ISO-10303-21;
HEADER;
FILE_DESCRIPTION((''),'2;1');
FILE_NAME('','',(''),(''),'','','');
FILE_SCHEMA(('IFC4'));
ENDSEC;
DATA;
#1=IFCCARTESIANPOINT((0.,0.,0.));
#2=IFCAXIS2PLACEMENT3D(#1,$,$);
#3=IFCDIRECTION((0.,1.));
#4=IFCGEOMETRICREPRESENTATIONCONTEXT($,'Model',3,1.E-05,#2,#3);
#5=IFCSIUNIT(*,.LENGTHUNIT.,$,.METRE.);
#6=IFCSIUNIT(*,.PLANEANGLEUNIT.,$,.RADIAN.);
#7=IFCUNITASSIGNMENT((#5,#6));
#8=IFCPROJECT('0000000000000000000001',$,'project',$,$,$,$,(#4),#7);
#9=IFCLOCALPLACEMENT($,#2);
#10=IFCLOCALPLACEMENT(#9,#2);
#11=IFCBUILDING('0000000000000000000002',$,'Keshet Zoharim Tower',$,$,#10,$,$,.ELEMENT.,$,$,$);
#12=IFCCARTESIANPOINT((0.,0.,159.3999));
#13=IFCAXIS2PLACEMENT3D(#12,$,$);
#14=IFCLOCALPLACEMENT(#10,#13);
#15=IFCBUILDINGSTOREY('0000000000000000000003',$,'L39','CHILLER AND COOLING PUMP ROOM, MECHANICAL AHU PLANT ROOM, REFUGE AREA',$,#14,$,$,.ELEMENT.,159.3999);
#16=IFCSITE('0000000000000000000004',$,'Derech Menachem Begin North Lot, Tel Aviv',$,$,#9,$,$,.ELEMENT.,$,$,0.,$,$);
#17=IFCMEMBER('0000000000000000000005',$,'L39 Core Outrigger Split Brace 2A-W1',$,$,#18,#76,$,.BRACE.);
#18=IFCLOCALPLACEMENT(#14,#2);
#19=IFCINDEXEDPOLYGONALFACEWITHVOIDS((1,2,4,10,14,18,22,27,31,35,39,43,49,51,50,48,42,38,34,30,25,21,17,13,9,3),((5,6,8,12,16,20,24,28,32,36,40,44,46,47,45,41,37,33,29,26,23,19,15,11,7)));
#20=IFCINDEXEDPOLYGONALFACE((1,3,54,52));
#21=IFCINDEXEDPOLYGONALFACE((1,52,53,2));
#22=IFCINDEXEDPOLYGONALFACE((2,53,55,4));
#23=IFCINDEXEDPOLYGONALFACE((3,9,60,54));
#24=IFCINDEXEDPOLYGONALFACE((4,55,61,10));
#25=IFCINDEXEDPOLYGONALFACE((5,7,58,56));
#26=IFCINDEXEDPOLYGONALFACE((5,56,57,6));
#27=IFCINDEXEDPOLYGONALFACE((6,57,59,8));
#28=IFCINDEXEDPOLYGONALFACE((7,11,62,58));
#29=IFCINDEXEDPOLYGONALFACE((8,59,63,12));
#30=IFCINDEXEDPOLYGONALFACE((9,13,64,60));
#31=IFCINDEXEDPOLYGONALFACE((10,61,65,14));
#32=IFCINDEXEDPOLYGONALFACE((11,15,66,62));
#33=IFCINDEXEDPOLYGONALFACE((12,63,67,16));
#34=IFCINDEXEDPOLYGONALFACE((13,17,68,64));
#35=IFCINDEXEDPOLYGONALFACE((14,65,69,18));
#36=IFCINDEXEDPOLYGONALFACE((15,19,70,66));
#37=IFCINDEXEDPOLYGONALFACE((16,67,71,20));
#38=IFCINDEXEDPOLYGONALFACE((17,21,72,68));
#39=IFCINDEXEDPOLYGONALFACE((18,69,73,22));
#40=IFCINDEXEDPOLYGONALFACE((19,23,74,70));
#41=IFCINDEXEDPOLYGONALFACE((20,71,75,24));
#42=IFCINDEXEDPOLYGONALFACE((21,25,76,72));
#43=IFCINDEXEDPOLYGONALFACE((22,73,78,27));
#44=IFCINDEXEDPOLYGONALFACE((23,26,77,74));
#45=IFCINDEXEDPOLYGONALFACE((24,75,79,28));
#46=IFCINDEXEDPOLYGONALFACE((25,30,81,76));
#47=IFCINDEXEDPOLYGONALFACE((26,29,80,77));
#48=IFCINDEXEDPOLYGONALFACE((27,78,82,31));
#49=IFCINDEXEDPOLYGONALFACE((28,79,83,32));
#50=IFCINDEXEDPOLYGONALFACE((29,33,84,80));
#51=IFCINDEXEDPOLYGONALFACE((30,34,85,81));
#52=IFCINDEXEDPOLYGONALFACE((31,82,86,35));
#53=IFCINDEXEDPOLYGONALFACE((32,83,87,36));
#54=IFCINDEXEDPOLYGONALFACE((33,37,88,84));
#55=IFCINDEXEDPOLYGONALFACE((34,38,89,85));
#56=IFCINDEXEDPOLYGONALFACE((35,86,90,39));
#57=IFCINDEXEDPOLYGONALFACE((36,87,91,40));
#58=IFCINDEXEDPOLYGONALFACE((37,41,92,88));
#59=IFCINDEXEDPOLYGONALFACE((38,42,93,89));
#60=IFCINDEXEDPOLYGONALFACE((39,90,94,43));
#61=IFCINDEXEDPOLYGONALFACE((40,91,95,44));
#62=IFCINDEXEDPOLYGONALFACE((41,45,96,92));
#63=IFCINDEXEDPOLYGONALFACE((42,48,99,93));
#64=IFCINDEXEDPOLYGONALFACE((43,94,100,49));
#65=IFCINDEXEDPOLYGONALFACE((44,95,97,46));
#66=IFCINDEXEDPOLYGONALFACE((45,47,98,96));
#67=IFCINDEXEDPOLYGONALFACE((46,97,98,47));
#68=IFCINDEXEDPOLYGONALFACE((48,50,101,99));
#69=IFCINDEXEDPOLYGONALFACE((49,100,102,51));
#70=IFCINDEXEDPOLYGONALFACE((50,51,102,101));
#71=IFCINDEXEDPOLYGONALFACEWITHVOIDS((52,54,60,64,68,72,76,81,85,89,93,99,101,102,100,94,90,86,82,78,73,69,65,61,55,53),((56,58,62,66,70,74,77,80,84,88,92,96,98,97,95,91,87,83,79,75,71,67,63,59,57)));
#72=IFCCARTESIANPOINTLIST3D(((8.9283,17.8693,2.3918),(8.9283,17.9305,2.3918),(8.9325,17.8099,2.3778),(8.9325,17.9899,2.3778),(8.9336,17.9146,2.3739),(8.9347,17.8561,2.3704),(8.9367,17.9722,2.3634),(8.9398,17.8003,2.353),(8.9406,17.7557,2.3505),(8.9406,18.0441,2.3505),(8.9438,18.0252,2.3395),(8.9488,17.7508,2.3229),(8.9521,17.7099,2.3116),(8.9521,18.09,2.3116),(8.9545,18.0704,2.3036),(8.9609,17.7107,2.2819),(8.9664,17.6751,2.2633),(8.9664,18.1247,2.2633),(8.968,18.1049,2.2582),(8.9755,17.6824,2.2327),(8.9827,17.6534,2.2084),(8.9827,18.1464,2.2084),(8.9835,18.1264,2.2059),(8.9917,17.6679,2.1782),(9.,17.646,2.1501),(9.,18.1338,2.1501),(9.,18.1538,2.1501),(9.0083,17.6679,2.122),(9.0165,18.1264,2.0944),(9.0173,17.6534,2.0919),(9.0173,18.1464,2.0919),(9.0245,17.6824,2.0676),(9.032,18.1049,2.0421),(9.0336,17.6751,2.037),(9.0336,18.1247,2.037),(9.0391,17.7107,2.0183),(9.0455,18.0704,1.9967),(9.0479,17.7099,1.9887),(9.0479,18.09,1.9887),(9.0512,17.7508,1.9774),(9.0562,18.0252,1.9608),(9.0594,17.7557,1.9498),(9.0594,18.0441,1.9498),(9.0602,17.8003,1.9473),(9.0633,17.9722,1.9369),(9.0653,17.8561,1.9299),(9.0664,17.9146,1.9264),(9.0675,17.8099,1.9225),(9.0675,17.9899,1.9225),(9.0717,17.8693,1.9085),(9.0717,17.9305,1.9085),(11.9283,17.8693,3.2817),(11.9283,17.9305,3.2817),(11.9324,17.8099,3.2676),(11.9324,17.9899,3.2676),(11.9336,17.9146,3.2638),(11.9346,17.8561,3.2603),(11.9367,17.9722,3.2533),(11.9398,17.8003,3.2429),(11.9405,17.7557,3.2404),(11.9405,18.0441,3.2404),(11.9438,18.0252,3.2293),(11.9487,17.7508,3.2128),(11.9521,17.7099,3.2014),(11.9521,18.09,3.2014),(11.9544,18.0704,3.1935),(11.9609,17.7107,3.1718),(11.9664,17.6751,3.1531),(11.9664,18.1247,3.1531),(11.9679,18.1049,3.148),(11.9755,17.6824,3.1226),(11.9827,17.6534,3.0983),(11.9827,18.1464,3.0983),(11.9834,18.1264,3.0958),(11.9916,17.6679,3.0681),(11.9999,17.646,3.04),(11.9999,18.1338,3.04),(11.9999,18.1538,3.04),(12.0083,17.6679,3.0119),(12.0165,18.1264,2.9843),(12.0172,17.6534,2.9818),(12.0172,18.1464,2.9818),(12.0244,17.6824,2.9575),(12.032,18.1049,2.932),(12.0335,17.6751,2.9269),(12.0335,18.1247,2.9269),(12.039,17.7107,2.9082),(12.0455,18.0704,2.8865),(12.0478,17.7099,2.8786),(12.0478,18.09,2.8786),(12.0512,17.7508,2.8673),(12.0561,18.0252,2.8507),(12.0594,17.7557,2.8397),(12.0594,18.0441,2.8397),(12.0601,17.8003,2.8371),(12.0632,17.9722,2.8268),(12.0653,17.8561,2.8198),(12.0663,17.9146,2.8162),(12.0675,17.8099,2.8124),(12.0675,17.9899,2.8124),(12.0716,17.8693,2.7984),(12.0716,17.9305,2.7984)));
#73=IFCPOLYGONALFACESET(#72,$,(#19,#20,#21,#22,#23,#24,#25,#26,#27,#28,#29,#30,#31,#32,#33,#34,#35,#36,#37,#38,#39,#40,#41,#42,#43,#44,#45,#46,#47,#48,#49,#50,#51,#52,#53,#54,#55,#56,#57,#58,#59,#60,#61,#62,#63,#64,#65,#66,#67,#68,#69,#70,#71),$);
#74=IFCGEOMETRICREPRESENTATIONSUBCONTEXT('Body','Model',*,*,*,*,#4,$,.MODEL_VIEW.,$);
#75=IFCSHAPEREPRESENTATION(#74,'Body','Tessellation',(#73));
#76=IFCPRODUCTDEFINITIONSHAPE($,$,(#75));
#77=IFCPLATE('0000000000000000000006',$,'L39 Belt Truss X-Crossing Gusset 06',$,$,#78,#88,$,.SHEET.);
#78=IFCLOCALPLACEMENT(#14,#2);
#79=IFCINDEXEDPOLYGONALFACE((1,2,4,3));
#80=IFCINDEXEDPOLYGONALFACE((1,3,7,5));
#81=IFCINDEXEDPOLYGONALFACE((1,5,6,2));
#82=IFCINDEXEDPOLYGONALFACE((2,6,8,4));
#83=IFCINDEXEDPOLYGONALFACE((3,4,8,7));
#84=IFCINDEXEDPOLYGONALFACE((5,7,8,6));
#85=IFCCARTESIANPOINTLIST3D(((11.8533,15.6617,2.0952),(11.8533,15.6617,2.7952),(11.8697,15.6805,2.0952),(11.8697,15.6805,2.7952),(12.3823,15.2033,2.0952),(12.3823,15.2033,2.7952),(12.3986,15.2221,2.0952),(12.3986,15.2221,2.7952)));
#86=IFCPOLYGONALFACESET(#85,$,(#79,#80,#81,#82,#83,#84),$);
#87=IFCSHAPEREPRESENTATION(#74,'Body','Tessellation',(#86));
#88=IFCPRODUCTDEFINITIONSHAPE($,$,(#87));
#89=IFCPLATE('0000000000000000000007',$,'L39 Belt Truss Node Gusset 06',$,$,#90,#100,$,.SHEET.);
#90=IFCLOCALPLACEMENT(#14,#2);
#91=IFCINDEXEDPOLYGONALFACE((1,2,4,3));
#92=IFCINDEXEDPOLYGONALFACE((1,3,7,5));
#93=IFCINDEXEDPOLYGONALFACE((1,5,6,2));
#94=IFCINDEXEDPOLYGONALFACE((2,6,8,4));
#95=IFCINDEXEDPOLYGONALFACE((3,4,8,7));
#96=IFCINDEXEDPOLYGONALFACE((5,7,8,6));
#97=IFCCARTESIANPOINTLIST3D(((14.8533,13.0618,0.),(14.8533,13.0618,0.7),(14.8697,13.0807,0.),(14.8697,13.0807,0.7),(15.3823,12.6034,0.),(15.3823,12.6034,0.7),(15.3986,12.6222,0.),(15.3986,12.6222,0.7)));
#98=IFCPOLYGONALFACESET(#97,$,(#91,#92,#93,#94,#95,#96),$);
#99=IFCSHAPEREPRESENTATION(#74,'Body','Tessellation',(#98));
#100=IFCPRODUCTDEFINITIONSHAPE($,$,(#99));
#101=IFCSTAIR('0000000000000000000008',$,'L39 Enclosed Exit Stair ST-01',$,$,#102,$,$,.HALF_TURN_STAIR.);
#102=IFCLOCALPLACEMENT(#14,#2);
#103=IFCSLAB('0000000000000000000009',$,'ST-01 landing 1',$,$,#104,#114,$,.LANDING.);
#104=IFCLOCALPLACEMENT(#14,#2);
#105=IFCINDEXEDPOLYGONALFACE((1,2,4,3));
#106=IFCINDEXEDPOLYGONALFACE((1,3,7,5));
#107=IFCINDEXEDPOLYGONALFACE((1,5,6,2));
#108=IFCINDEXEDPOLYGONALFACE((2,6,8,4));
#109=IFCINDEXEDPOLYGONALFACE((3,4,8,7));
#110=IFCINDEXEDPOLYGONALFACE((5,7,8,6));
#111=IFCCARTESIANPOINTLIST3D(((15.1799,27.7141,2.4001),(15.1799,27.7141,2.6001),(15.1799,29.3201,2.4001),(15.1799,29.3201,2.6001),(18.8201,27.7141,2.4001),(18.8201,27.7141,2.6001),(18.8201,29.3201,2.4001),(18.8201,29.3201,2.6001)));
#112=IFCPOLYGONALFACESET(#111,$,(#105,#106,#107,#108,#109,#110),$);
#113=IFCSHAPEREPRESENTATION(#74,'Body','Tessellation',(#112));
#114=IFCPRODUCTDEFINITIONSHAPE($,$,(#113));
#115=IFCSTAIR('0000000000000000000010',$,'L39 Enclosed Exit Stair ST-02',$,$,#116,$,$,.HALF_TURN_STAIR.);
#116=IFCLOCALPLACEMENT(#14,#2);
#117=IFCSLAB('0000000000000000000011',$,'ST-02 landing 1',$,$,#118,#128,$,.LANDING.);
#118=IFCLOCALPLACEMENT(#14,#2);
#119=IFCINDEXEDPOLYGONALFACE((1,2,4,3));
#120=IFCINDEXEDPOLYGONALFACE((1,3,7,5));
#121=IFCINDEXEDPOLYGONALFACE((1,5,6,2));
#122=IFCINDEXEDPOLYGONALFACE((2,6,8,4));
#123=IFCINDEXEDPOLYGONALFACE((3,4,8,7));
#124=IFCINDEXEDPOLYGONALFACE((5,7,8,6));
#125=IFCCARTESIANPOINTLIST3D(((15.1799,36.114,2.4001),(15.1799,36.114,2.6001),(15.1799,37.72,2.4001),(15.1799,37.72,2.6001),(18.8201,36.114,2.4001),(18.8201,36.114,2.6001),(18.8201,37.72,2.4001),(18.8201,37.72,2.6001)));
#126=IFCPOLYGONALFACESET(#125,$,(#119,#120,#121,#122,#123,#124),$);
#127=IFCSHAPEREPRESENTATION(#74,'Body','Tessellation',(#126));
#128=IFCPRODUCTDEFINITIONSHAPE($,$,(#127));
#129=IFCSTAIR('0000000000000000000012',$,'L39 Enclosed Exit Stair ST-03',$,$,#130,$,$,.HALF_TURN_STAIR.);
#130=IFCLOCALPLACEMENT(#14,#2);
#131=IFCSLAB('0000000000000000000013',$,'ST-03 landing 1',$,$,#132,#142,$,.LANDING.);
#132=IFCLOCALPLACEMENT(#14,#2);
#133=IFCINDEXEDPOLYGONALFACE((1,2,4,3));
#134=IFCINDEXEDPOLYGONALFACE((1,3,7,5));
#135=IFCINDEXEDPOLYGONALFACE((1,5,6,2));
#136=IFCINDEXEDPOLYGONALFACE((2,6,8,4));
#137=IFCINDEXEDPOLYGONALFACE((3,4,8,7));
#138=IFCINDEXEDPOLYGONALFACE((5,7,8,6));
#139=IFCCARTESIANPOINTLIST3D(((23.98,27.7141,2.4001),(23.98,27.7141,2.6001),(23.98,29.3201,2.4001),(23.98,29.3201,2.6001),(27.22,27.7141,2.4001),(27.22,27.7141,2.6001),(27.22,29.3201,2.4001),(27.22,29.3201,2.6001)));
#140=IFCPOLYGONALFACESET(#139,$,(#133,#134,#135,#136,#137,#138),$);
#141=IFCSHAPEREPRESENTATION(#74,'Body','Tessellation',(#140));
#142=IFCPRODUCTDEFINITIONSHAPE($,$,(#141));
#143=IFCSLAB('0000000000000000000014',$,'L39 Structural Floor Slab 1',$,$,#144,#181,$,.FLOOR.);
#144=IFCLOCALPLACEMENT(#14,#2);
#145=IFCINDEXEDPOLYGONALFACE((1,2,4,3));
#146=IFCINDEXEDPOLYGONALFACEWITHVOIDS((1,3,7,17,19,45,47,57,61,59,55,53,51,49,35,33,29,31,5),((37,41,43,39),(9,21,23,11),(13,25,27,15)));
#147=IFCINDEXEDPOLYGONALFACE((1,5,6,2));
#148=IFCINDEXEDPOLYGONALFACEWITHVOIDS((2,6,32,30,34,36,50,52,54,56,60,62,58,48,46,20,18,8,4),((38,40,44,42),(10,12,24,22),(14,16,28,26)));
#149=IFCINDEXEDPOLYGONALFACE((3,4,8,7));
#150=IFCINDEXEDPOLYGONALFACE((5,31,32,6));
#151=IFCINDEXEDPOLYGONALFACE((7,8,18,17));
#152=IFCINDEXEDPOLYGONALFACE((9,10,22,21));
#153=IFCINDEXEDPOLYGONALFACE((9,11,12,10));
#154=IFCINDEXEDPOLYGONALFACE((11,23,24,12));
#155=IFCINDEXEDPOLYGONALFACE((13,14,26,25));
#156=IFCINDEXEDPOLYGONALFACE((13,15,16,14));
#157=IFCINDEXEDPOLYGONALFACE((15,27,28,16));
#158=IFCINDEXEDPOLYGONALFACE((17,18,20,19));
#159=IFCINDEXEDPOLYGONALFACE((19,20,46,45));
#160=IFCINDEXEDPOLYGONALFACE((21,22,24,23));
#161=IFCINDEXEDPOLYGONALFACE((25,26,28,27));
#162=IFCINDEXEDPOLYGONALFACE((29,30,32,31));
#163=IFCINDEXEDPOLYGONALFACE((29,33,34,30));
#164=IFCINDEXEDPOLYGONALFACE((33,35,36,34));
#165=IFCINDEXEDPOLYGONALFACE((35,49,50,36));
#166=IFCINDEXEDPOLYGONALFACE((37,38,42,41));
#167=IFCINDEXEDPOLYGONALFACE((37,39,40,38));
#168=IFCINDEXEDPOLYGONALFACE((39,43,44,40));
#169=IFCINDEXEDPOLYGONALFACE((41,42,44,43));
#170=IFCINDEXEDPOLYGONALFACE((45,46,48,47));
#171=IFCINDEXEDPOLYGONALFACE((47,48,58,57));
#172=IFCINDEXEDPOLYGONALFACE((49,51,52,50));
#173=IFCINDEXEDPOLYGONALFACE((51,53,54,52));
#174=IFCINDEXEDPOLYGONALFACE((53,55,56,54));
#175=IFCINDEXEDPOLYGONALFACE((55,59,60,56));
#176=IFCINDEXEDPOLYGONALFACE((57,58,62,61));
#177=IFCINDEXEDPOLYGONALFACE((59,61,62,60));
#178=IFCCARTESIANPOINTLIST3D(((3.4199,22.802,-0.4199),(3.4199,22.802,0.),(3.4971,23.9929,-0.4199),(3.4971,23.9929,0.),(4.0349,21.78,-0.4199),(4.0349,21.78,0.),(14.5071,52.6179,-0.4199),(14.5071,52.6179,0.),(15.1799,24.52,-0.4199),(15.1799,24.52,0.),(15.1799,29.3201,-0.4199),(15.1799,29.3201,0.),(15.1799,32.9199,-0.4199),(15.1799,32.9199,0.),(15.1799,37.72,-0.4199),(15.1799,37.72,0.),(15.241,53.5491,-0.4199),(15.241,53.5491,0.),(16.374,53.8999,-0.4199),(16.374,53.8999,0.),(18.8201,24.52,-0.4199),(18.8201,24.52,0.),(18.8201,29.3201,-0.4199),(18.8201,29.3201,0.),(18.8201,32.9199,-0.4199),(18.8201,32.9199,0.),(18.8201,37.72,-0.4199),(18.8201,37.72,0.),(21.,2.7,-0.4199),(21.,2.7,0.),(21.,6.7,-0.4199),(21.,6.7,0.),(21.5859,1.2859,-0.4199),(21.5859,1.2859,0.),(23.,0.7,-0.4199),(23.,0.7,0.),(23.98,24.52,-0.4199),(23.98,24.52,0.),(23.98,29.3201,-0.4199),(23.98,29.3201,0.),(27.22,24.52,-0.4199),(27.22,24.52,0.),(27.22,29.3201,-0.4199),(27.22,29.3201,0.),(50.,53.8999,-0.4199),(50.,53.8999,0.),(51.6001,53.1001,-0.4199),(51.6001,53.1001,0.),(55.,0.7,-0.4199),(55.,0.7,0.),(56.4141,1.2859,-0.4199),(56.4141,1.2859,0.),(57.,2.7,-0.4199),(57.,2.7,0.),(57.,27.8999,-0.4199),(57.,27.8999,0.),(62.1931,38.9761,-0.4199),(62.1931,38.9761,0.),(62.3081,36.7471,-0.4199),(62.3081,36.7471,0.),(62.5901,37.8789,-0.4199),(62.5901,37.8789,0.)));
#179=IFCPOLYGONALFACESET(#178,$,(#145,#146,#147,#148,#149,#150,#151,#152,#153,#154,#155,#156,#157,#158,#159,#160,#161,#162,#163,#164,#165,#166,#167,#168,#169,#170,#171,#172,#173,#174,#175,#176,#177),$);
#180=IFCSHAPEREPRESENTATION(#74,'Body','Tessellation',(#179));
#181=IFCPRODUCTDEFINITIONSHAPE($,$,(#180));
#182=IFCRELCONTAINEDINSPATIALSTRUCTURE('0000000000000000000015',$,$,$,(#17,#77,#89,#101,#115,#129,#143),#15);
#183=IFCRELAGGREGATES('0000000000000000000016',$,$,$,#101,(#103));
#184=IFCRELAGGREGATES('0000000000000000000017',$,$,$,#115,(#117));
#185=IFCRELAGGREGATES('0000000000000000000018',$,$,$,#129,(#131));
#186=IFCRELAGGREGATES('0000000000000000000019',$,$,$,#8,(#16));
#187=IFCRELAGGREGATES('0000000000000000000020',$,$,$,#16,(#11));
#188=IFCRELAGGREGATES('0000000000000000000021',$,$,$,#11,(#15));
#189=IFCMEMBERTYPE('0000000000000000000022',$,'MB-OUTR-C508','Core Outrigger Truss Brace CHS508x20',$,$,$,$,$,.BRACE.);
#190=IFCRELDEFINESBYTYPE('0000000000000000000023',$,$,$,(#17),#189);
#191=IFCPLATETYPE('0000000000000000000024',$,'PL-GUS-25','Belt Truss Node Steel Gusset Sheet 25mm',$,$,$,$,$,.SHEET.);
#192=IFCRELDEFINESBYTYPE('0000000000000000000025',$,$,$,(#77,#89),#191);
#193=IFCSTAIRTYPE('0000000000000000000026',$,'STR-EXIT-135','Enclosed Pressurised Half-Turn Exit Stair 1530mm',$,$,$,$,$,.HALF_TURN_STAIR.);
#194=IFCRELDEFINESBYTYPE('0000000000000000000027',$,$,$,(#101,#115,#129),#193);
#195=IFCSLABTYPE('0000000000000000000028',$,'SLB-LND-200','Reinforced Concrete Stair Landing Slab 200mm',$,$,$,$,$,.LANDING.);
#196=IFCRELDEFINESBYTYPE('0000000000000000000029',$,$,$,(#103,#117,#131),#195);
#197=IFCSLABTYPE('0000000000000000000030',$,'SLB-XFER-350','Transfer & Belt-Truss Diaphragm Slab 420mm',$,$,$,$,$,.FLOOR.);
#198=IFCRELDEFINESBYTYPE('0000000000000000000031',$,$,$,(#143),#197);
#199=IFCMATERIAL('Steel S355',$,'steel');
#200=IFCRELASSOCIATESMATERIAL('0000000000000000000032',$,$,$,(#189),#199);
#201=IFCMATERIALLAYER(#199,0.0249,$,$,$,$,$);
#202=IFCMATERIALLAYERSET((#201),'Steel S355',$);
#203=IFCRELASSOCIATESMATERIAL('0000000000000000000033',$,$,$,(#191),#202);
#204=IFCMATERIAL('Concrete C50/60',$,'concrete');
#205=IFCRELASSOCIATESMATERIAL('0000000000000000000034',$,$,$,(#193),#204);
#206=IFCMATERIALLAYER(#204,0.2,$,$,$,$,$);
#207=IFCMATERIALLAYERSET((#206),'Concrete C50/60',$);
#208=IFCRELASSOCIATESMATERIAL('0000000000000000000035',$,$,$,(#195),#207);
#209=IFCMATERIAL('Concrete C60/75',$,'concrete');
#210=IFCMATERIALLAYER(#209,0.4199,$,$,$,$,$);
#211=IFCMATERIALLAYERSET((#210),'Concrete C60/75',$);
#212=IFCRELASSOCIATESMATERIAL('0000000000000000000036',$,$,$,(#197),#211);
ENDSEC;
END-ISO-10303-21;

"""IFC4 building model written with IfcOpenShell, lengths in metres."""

from ifc_helpers import new_model, si_unit, direction, frame, origin, origin_2d, place, context, subcontext, project, spatial, polyline, rectangle, hollow_circle, outline, extrude, material, layer, layer_set, material_profile, profile_set, type_object, element, aggregate, save


model = new_model("IFC4")

# Units and contexts
model_context = context("Model", 3, precision=1e-05, world=origin(), true_north=direction((0.0, 1.0)))
body_context = subcontext(model_context, "Body", "Model", "MODEL_VIEW")
ifc_project = project(units=[si_unit("LENGTHUNIT", "METRE"), si_unit("PLANEANGLEUNIT", "RADIAN")], contexts=[model_context])

# Site, building, storey
site_placement = place(None, origin())
site = spatial("IfcSite", under=ifc_project, at=site_placement, Name="Derech Menachem Begin North Lot, Tel Aviv", CompositionType="ELEMENT", RefElevation=0.0)
building_placement = place(site_placement, origin())
building = spatial("IfcBuilding", under=site, at=building_placement, Name="Keshet Zoharim Tower", CompositionType="ELEMENT")
storey_placement = place(building_placement, frame((0.0, 0.0, 159.3999)))
storey = spatial("IfcBuildingStorey", under=building, at=storey_placement, Name="L39", Description="CHILLER AND COOLING PUMP ROOM, MECHANICAL AHU PLANT ROOM, REFUGE AREA", CompositionType="ELEMENT", Elevation=159.3999)

# Shared definitions
ifc_material_1 = material(Name="Steel S355", Category="steel")

# Shared definitions
ifc_material_2 = material(Name="Concrete C60/75", Category="concrete")

# Member
ifc_material_profile_1 = material_profile(ifc_material_1, hollow_circle(Radius=0.2539, WallThickness=0.02, at=origin_2d()), Name="CHS508x20")
ifc_profile_set_1 = profile_set([ifc_material_profile_1], Name="Steel S355")
member_type_1 = type_object("IfcMemberType", Name="MB-OUTR-C508", Description="Core Outrigger Truss Brace CHS508x20", PredefinedType="BRACE", material=ifc_profile_set_1)
member_1_placement = place(storey_placement, frame((9.0, 17.8999, 2.1501), z_axis=(0.958711, 0.0, 0.284383), x_axis=(0.0, 1.0, 0.0)))
element("IfcMember", 1, at=member_1_placement, inside=storey, type_object=member_type_1, Name="L39 Core Outrigger Split Brace 2A-W1", PredefinedType="BRACE", context=body_context, shape_type="SweptSolid", body=[
    extrude(hollow_circle(Radius=0.2539, WallThickness=0.02, at=origin_2d()), origin(), (0.0, 0.0, 1.0), 3.1292),
])

# Plates
ifc_layer_1 = layer(ifc_material_1, 0.0249)
ifc_layer_set_1 = layer_set([ifc_layer_1], Name="Steel S355")
plate_type = type_object("IfcPlateType", Name="PL-GUS-25", Description="Belt Truss Node Steel Gusset Sheet 25mm", PredefinedType="SHEET", material=ifc_layer_set_1)
for number, where, z_axis, x_axis, name in (
    (2, (12.126, 15.4419, 2.0952), (0.0, 0.0, 1.0), (-0.755689, 0.654931, 0.0), "L39 Belt Truss X-Crossing Gusset 06"),
    (3, (15.126, 12.842, 0.0), (0.0, 0.0, 1.0), (-0.755689, 0.654931, 0.0), "L39 Belt Truss Node Gusset 06"),
):
    element("IfcPlate", number, at=place(storey_placement, frame(where, z_axis=z_axis, x_axis=x_axis)), inside=storey, type_object=plate_type, Name=name, PredefinedType="SHEET", context=body_context, shape_type="SweptSolid", body=[
        extrude(rectangle(XDim=0.7, YDim=0.0249, at=origin_2d()), origin(), (0.0, 0.0, 1.0), 0.7),
    ])

# Stairs, slabs
ifc_material_3 = material(Name="Concrete C50/60", Category="concrete")
stair_type = type_object("IfcStairType", Name="STR-EXIT-135", Description="Enclosed Pressurised Half-Turn Exit Stair 1530mm", PredefinedType="HALF_TURN_STAIR", material=ifc_material_3)
stair_1_placement = place(storey_placement, origin())
stair_1 = element("IfcStair", 4, at=stair_1_placement, inside=storey, type_object=stair_type, Name="L39 Enclosed Exit Stair ST-01", PredefinedType="HALF_TURN_STAIR")
ifc_layer_2 = layer(ifc_material_3, 0.2)
ifc_layer_set_2 = layer_set([ifc_layer_2], Name="Concrete C50/60")
slab_type_1 = type_object("IfcSlabType", Name="SLB-LND-200", Description="Reinforced Concrete Stair Landing Slab 200mm", PredefinedType="LANDING", material=ifc_layer_set_2)
slab_1_placement = place(storey_placement, frame((0.0, 0.0, 2.4001)))
slab_1 = element("IfcSlab", 5, at=slab_1_placement, type_object=slab_type_1, Name="ST-01 landing 1", PredefinedType="LANDING", context=body_context, shape_type="SweptSolid", body=[
    extrude(outline(polyline([(15.1799, 27.7141), (18.8201, 27.7141), (18.8201, 29.3201), (15.1799, 29.3201), (15.1799, 27.7141)])), origin(), (0.0, 0.0, 1.0), 0.2),
])
aggregate(stair_1, [slab_1])
stair_2_placement = place(storey_placement, origin())
stair_2 = element("IfcStair", 6, at=stair_2_placement, inside=storey, type_object=stair_type, Name="L39 Enclosed Exit Stair ST-02", PredefinedType="HALF_TURN_STAIR")
slab_2_placement = place(storey_placement, frame((0.0, 0.0, 2.4001)))
slab_2 = element("IfcSlab", 7, at=slab_2_placement, type_object=slab_type_1, Name="ST-02 landing 1", PredefinedType="LANDING", context=body_context, shape_type="SweptSolid", body=[
    extrude(outline(polyline([(15.1799, 36.114), (18.8201, 36.114), (18.8201, 37.72), (15.1799, 37.72), (15.1799, 36.114)])), origin(), (0.0, 0.0, 1.0), 0.2),
])
aggregate(stair_2, [slab_2])
stair_3_placement = place(storey_placement, origin())
stair_3 = element("IfcStair", 8, at=stair_3_placement, inside=storey, type_object=stair_type, Name="L39 Enclosed Exit Stair ST-03", PredefinedType="HALF_TURN_STAIR")
slab_3_placement = place(storey_placement, frame((0.0, 0.0, 2.4001)))
slab_3 = element("IfcSlab", 9, at=slab_3_placement, type_object=slab_type_1, Name="ST-03 landing 1", PredefinedType="LANDING", context=body_context, shape_type="SweptSolid", body=[
    extrude(outline(polyline([(23.98, 27.7141), (27.22, 27.7141), (27.22, 29.3201), (23.98, 29.3201), (23.98, 27.7141)])), origin(), (0.0, 0.0, 1.0), 0.2),
])
aggregate(stair_3, [slab_3])

# Slab
ifc_layer_3 = layer(ifc_material_2, 0.4199)
ifc_layer_set_3 = layer_set([ifc_layer_3], Name="Concrete C60/75")
slab_type_2 = type_object("IfcSlabType", Name="SLB-XFER-350", Description="Transfer & Belt-Truss Diaphragm Slab 420mm", PredefinedType="FLOOR", material=ifc_layer_set_3)
slab_4_placement = place(storey_placement, frame((0.0, 0.0, -0.4199)))
element("IfcSlab", 10, at=slab_4_placement, inside=storey, type_object=slab_type_2, Name="L39 Structural Floor Slab 1", PredefinedType="FLOOR", context=body_context, shape_type="SweptSolid", body=[
    extrude(outline(polyline([(57.0, 2.7), (56.4141, 1.2859), (55.0, 0.7), (23.0, 0.7), (21.5859, 1.2859), (21.0, 2.7), (21.0, 6.7), (4.0349, 21.78), (3.4199, 22.802), (3.4971, 23.9929), (14.5071, 52.6179), (15.241, 53.5491), (16.374, 53.8999), (50.0, 53.8999), (51.6001, 53.1001), (62.1931, 38.9761), (62.5901, 37.8789), (62.3081, 36.7471), (57.0, 27.8999), (57.0, 2.7)]), holes=[polyline([(15.1799, 24.52), (18.8201, 24.52), (18.8201, 29.3201), (15.1799, 29.3201), (15.1799, 24.52)]), polyline([(15.1799, 32.9199), (18.8201, 32.9199), (18.8201, 37.72), (15.1799, 37.72), (15.1799, 32.9199)]), polyline([(23.98, 24.52), (27.22, 24.52), (27.22, 29.3201), (23.98, 29.3201), (23.98, 24.52)])]), origin(), (0.0, 0.0, 1.0), 0.4199),
])

save(model, "model.ifc")
